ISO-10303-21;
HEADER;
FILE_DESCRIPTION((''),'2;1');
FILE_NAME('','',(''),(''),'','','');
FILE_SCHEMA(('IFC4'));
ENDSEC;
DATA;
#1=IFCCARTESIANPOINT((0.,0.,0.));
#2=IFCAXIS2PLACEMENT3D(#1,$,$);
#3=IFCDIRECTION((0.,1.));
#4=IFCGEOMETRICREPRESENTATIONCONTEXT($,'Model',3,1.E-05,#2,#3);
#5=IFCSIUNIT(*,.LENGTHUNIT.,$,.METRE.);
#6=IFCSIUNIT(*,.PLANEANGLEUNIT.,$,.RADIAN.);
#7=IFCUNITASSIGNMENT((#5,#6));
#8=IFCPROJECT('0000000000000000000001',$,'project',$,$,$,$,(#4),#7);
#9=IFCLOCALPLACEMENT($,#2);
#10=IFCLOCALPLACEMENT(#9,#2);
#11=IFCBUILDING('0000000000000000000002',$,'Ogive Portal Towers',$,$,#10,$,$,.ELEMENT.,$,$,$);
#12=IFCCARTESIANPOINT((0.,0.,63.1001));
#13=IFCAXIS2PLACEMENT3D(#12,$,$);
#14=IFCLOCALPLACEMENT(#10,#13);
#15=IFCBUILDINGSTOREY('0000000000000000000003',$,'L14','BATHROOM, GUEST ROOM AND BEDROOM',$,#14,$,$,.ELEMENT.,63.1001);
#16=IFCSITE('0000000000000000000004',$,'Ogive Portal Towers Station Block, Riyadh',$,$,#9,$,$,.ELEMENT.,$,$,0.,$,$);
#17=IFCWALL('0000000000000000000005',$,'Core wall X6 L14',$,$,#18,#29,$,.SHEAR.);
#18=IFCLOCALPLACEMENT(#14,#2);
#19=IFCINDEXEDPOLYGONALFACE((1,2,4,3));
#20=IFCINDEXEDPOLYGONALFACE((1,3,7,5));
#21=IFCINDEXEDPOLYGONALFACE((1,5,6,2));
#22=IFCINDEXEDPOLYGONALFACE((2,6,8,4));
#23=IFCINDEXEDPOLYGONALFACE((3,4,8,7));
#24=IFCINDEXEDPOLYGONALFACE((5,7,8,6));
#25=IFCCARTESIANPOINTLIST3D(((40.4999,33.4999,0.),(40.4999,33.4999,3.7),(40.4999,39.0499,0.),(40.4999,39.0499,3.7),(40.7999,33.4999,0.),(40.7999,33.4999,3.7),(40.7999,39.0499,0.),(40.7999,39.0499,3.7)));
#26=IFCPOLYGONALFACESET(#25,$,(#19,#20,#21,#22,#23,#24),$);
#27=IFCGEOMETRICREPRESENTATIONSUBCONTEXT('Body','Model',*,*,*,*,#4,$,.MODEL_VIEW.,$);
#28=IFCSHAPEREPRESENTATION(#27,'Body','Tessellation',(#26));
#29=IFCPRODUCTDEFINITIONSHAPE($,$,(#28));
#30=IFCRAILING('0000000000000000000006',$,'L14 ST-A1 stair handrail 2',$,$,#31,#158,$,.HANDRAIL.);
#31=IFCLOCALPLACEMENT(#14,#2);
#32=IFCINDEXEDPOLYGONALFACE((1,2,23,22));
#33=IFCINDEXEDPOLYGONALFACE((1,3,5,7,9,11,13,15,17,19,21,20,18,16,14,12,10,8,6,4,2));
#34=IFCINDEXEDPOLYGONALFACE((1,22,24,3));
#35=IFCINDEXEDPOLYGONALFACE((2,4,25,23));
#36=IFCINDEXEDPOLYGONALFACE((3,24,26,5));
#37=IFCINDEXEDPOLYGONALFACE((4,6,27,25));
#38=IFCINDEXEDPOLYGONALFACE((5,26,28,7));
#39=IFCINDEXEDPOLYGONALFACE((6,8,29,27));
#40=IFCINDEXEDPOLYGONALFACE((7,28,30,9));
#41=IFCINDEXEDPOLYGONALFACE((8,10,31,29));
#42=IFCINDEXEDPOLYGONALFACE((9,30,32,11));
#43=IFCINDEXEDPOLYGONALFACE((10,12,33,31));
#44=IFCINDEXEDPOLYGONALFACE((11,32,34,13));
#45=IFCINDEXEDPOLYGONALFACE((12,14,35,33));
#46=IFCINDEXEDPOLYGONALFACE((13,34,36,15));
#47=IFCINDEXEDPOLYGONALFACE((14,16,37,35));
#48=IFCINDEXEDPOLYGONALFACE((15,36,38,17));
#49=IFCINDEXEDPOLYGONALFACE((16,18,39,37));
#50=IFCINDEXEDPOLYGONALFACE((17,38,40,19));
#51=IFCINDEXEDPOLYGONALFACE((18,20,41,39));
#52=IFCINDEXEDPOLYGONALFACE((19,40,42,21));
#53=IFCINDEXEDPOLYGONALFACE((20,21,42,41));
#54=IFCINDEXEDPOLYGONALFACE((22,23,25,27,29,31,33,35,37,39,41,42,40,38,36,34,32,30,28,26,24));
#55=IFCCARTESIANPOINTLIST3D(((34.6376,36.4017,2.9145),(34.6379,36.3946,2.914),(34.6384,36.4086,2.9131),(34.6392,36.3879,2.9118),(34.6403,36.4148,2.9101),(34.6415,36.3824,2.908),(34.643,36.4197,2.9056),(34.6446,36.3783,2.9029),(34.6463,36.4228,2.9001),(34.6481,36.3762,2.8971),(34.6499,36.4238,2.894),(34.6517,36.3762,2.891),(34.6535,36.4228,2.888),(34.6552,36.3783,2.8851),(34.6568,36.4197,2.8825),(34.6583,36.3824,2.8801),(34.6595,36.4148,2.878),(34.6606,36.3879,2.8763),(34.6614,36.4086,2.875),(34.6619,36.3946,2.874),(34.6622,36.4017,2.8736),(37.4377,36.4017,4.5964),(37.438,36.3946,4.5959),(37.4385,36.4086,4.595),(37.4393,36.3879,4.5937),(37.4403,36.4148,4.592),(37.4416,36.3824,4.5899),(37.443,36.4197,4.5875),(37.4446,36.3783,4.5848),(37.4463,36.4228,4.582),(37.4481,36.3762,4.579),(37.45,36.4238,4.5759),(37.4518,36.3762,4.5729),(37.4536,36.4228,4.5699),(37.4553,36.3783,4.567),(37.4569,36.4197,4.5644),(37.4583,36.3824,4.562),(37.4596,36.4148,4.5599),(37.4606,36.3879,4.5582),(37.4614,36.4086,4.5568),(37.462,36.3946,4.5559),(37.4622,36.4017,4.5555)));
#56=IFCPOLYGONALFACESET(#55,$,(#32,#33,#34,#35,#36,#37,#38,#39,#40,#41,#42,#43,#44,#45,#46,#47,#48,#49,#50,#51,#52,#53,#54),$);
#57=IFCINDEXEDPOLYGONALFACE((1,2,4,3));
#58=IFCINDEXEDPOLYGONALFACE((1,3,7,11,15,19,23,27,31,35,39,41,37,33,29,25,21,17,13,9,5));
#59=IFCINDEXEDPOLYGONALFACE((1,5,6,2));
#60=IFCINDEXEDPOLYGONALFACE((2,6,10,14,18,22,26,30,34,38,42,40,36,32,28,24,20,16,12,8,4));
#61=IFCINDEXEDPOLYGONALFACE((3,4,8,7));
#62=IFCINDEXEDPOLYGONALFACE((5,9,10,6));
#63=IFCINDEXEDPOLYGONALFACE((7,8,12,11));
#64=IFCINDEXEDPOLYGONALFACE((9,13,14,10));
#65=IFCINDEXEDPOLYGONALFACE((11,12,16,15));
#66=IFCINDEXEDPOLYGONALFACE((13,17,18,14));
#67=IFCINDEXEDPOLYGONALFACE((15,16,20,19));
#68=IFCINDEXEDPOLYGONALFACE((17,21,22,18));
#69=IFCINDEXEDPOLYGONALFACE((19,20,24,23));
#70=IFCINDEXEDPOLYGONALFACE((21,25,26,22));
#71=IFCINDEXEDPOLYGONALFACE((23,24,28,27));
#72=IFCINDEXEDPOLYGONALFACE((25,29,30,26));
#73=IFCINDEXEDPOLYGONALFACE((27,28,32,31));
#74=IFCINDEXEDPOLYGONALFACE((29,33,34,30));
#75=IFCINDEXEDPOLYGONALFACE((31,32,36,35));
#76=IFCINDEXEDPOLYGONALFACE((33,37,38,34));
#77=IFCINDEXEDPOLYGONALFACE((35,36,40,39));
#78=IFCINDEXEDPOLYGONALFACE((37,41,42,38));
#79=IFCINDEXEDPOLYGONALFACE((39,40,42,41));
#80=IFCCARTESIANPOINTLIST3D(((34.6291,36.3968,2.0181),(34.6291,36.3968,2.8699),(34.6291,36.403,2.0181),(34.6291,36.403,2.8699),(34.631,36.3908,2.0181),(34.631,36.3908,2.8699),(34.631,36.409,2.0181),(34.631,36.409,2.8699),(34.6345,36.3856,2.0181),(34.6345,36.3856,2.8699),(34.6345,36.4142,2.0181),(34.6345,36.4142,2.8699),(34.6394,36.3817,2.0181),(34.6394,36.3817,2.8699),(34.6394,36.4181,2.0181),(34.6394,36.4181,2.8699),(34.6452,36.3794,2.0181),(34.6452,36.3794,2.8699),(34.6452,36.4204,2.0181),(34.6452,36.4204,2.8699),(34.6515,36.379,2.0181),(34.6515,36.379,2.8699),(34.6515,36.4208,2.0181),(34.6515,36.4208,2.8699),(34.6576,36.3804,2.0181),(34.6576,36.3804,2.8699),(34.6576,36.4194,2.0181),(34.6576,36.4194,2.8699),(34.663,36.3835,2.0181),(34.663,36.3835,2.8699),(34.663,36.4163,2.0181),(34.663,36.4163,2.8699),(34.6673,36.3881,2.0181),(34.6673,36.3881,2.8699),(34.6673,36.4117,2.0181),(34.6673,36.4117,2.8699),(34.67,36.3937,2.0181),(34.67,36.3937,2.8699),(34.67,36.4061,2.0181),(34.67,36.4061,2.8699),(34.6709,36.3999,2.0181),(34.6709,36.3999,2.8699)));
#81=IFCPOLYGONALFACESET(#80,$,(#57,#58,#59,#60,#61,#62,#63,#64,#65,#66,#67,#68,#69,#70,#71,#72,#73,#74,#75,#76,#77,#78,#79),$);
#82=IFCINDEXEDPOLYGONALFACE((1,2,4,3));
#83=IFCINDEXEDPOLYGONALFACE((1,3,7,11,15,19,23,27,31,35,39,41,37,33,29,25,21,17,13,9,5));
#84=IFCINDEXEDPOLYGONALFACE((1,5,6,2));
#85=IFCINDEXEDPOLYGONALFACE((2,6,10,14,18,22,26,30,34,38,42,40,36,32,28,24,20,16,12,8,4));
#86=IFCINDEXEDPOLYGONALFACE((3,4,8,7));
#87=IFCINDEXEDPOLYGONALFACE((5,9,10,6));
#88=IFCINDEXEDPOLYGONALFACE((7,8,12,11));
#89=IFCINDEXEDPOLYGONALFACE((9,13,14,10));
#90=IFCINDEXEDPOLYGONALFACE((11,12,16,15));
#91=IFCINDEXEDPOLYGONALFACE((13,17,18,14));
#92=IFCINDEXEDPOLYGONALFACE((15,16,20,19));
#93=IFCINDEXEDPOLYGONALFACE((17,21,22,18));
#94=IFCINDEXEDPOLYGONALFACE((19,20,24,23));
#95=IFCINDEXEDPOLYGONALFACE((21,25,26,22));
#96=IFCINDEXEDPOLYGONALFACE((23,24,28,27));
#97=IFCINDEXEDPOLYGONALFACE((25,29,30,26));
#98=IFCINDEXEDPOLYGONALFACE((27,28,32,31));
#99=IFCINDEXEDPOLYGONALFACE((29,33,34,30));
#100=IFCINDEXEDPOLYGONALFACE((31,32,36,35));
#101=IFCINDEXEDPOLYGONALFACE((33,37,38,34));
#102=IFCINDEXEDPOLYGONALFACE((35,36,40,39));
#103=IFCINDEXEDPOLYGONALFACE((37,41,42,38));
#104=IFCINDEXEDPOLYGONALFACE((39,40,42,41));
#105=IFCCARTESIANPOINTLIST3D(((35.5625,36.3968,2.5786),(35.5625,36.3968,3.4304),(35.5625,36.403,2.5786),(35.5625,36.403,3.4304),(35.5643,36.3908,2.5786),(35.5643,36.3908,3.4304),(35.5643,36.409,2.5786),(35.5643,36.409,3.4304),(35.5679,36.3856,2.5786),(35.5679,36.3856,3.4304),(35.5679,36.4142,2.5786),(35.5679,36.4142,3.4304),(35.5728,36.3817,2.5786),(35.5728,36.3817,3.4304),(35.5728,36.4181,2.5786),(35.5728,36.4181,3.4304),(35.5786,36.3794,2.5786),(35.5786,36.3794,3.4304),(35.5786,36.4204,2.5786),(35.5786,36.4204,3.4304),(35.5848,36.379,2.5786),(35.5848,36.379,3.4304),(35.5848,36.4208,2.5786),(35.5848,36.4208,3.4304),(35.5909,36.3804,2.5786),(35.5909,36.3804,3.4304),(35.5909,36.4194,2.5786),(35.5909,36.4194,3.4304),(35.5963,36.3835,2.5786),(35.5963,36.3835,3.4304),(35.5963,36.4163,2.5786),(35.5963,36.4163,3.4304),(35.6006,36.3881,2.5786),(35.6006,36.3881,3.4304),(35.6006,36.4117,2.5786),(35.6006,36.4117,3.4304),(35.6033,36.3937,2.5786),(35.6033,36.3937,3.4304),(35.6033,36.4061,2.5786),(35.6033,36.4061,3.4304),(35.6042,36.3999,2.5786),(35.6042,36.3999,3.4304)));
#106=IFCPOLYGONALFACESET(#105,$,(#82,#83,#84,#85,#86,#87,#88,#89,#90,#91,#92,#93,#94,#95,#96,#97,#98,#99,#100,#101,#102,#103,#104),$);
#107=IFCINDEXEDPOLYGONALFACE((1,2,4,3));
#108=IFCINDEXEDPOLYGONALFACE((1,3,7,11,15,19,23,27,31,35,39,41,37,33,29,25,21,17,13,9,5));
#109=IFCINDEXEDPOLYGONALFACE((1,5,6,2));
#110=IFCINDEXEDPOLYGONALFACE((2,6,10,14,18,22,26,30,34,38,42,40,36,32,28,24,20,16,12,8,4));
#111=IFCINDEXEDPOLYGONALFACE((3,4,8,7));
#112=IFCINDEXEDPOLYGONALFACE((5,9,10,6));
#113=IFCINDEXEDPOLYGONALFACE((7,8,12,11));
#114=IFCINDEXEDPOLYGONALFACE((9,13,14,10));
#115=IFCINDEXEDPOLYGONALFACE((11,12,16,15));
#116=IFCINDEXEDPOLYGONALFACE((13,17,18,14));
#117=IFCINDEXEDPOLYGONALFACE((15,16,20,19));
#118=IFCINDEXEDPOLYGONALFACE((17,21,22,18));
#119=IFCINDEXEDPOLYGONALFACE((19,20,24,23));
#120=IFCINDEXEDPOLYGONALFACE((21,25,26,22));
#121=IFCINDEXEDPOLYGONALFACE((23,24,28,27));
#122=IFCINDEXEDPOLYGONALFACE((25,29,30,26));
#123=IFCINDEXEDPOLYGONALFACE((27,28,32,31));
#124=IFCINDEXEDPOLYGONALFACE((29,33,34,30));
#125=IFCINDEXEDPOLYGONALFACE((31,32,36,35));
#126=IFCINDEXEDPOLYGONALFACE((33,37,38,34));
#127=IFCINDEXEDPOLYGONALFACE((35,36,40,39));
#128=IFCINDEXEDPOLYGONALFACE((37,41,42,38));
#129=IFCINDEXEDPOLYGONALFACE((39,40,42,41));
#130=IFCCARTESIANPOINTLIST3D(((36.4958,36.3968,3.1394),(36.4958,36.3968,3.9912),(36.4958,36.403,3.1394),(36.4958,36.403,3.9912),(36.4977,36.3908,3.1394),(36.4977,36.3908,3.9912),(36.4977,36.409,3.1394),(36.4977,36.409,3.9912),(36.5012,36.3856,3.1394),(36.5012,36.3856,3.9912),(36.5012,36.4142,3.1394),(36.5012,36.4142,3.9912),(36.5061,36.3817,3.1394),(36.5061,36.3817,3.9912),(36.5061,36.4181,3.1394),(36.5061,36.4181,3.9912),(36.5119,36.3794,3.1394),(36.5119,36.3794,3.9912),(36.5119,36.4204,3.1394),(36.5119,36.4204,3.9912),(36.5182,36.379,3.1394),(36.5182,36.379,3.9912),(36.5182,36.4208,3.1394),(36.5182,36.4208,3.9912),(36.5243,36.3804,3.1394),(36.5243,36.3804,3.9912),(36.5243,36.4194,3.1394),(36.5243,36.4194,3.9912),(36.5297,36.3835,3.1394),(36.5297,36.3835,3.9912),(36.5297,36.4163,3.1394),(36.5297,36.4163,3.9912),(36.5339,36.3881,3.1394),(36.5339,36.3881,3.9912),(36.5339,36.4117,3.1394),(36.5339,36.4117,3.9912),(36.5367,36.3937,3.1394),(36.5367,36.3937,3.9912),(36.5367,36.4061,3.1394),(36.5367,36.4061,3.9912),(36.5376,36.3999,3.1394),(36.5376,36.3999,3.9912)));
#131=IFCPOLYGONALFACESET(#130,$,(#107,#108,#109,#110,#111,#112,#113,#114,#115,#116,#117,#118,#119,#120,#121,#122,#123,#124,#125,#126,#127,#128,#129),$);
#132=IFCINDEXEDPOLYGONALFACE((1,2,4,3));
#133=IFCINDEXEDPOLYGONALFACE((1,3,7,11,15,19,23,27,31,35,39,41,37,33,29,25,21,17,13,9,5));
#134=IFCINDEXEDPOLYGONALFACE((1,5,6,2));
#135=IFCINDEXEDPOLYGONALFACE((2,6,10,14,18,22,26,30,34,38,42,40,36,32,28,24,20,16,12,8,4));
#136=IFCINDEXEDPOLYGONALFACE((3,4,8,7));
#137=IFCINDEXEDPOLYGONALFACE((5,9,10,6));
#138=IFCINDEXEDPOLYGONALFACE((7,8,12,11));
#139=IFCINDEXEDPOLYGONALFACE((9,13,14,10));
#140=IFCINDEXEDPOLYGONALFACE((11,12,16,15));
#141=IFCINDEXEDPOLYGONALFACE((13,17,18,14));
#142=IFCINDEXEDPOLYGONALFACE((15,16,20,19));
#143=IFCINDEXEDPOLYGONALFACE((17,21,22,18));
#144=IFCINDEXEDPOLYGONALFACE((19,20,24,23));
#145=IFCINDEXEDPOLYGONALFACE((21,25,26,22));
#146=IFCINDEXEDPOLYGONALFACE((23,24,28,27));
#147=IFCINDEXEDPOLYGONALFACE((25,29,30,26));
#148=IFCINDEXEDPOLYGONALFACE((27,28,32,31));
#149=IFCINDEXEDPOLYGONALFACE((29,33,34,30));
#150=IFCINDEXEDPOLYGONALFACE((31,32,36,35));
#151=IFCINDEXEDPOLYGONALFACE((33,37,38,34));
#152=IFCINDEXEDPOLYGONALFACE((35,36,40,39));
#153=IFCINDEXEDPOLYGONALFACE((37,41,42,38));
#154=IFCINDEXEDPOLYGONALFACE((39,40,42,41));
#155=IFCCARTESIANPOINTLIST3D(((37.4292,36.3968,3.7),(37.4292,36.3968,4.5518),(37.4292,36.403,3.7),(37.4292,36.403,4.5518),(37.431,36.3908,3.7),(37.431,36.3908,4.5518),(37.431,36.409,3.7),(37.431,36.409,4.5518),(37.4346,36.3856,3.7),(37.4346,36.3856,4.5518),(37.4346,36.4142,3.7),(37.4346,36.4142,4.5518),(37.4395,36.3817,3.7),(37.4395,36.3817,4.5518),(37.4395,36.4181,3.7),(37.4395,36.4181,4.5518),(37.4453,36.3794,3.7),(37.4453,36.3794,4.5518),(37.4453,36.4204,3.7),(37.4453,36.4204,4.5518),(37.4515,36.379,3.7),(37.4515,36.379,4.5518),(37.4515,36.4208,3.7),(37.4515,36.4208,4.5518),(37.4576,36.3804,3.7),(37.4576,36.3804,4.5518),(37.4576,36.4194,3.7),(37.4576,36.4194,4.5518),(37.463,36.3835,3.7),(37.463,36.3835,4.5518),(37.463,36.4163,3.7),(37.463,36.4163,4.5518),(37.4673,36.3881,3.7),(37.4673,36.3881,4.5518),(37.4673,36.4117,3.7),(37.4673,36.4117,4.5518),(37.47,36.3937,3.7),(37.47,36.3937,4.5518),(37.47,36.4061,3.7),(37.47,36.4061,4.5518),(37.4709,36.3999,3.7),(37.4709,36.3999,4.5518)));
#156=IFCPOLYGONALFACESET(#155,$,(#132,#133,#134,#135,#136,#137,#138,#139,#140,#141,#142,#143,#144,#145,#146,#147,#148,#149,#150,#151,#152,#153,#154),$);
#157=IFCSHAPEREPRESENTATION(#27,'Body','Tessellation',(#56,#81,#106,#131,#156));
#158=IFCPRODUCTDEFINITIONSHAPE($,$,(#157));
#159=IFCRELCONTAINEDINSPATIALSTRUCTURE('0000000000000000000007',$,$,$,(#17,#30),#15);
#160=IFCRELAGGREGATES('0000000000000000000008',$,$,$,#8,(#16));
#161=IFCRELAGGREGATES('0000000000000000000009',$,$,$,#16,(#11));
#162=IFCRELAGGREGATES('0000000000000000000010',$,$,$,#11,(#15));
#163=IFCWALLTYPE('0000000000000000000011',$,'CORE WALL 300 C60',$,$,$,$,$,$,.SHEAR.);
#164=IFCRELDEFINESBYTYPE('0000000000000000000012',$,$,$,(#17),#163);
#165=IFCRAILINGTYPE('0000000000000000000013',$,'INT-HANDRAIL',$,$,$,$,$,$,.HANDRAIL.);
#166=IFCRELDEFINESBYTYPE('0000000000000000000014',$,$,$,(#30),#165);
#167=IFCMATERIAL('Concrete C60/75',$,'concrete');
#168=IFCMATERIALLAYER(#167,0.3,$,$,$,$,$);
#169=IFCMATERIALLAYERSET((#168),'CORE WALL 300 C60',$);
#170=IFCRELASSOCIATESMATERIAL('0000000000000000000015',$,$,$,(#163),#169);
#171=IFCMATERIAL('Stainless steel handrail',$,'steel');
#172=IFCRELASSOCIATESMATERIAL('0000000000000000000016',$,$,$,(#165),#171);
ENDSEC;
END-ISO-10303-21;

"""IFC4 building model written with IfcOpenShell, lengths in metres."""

from ifc_helpers import new_model, si_unit, direction, frame, frame_2d, origin, origin_2d, place, context, subcontext, project, spatial, rectangle, circle, extrude, material, layer, layer_set, type_object, element, save


model = new_model("IFC4")

# Units and contexts
model_context = context("Model", 3, precision=1e-05, world=origin(), true_north=direction((0.0, 1.0)))
body_context = subcontext(model_context, "Body", "Model", "MODEL_VIEW")
ifc_project = project(units=[si_unit("LENGTHUNIT", "METRE"), si_unit("PLANEANGLEUNIT", "RADIAN")], contexts=[model_context])

# Site, building, storey
site_placement = place(None, origin())
site = spatial("IfcSite", under=ifc_project, at=site_placement, Name="Ogive Portal Towers Station Block, Riyadh", CompositionType="ELEMENT", RefElevation=0.0)
building_placement = place(site_placement, origin())
building = spatial("IfcBuilding", under=site, at=building_placement, Name="Ogive Portal Towers", CompositionType="ELEMENT")
storey_placement = place(building_placement, frame((0.0, 0.0, 63.1001)))
storey = spatial("IfcBuildingStorey", under=building, at=storey_placement, Name="L14", Description="BATHROOM, GUEST ROOM AND BEDROOM", CompositionType="ELEMENT", Elevation=63.1001)

# Shared definitions
ifc_material_1 = material(Name="Concrete C60/75", Category="concrete")
ifc_layer = layer(ifc_material_1, 0.3)
ifc_layer_set = layer_set([ifc_layer], Name="CORE WALL 300 C60")
wall_type = type_object("IfcWallType", Name="CORE WALL 300 C60", PredefinedType="SHEAR", material=ifc_layer_set)

# Wall
wall_1_placement = place(storey_placement, frame((40.6499, 33.5, 0.0), z_axis=(0.0, 0.0, 1.0), x_axis=(0.0, 1.0, 0.0)))
element("IfcWall", 1, at=wall_1_placement, inside=storey, type_object=wall_type, Name="Core wall X6 L14", PredefinedType="SHEAR", context=body_context, shape_type="SweptSolid", body=[
    extrude(rectangle(XDim=5.55, YDim=0.3, at=frame_2d((2.7749, 0.0))), origin(), (0.0, 0.0, 1.0), 3.7),
])

# Railing
ifc_material_2 = material(Name="Stainless steel handrail", Category="steel")
railing_type = type_object("IfcRailingType", Name="INT-HANDRAIL", PredefinedType="HANDRAIL", material=ifc_material_2)
railing_placement = place(storey_placement, frame((34.6499, 36.3999, 2.0181)))
element("IfcRailing", 2, at=railing_placement, inside=storey, type_object=railing_type, Name="L14 ST-A1 stair handrail 2", PredefinedType="HANDRAIL", context=body_context, shape_type="SweptSolid", body=[
    extrude(circle(Radius=0.0239, at=origin_2d()), frame((0.0, 0.0, 0.876), z_axis=(0.857242, 0.0, 0.514913), x_axis=(0.0, 1.0, 0.0)), (0.0, 0.0, 1.0), 3.2664),
    extrude(circle(Radius=0.021, at=origin_2d()), origin(), (0.0, 0.0, 1.0), 0.8518),
    extrude(circle(Radius=0.021, at=origin_2d()), frame((0.9333, 0.0, 0.5605)), (0.0, 0.0, 1.0), 0.8518),
    extrude(circle(Radius=0.021, at=origin_2d()), frame((1.8667, 0.0, 1.1213)), (0.0, 0.0, 1.0), 0.8518),
    extrude(circle(Radius=0.021, at=origin_2d()), frame((2.8, 0.0, 1.6819)), (0.0, 0.0, 1.0), 0.8518),
])

save(model, "model.ifc")
